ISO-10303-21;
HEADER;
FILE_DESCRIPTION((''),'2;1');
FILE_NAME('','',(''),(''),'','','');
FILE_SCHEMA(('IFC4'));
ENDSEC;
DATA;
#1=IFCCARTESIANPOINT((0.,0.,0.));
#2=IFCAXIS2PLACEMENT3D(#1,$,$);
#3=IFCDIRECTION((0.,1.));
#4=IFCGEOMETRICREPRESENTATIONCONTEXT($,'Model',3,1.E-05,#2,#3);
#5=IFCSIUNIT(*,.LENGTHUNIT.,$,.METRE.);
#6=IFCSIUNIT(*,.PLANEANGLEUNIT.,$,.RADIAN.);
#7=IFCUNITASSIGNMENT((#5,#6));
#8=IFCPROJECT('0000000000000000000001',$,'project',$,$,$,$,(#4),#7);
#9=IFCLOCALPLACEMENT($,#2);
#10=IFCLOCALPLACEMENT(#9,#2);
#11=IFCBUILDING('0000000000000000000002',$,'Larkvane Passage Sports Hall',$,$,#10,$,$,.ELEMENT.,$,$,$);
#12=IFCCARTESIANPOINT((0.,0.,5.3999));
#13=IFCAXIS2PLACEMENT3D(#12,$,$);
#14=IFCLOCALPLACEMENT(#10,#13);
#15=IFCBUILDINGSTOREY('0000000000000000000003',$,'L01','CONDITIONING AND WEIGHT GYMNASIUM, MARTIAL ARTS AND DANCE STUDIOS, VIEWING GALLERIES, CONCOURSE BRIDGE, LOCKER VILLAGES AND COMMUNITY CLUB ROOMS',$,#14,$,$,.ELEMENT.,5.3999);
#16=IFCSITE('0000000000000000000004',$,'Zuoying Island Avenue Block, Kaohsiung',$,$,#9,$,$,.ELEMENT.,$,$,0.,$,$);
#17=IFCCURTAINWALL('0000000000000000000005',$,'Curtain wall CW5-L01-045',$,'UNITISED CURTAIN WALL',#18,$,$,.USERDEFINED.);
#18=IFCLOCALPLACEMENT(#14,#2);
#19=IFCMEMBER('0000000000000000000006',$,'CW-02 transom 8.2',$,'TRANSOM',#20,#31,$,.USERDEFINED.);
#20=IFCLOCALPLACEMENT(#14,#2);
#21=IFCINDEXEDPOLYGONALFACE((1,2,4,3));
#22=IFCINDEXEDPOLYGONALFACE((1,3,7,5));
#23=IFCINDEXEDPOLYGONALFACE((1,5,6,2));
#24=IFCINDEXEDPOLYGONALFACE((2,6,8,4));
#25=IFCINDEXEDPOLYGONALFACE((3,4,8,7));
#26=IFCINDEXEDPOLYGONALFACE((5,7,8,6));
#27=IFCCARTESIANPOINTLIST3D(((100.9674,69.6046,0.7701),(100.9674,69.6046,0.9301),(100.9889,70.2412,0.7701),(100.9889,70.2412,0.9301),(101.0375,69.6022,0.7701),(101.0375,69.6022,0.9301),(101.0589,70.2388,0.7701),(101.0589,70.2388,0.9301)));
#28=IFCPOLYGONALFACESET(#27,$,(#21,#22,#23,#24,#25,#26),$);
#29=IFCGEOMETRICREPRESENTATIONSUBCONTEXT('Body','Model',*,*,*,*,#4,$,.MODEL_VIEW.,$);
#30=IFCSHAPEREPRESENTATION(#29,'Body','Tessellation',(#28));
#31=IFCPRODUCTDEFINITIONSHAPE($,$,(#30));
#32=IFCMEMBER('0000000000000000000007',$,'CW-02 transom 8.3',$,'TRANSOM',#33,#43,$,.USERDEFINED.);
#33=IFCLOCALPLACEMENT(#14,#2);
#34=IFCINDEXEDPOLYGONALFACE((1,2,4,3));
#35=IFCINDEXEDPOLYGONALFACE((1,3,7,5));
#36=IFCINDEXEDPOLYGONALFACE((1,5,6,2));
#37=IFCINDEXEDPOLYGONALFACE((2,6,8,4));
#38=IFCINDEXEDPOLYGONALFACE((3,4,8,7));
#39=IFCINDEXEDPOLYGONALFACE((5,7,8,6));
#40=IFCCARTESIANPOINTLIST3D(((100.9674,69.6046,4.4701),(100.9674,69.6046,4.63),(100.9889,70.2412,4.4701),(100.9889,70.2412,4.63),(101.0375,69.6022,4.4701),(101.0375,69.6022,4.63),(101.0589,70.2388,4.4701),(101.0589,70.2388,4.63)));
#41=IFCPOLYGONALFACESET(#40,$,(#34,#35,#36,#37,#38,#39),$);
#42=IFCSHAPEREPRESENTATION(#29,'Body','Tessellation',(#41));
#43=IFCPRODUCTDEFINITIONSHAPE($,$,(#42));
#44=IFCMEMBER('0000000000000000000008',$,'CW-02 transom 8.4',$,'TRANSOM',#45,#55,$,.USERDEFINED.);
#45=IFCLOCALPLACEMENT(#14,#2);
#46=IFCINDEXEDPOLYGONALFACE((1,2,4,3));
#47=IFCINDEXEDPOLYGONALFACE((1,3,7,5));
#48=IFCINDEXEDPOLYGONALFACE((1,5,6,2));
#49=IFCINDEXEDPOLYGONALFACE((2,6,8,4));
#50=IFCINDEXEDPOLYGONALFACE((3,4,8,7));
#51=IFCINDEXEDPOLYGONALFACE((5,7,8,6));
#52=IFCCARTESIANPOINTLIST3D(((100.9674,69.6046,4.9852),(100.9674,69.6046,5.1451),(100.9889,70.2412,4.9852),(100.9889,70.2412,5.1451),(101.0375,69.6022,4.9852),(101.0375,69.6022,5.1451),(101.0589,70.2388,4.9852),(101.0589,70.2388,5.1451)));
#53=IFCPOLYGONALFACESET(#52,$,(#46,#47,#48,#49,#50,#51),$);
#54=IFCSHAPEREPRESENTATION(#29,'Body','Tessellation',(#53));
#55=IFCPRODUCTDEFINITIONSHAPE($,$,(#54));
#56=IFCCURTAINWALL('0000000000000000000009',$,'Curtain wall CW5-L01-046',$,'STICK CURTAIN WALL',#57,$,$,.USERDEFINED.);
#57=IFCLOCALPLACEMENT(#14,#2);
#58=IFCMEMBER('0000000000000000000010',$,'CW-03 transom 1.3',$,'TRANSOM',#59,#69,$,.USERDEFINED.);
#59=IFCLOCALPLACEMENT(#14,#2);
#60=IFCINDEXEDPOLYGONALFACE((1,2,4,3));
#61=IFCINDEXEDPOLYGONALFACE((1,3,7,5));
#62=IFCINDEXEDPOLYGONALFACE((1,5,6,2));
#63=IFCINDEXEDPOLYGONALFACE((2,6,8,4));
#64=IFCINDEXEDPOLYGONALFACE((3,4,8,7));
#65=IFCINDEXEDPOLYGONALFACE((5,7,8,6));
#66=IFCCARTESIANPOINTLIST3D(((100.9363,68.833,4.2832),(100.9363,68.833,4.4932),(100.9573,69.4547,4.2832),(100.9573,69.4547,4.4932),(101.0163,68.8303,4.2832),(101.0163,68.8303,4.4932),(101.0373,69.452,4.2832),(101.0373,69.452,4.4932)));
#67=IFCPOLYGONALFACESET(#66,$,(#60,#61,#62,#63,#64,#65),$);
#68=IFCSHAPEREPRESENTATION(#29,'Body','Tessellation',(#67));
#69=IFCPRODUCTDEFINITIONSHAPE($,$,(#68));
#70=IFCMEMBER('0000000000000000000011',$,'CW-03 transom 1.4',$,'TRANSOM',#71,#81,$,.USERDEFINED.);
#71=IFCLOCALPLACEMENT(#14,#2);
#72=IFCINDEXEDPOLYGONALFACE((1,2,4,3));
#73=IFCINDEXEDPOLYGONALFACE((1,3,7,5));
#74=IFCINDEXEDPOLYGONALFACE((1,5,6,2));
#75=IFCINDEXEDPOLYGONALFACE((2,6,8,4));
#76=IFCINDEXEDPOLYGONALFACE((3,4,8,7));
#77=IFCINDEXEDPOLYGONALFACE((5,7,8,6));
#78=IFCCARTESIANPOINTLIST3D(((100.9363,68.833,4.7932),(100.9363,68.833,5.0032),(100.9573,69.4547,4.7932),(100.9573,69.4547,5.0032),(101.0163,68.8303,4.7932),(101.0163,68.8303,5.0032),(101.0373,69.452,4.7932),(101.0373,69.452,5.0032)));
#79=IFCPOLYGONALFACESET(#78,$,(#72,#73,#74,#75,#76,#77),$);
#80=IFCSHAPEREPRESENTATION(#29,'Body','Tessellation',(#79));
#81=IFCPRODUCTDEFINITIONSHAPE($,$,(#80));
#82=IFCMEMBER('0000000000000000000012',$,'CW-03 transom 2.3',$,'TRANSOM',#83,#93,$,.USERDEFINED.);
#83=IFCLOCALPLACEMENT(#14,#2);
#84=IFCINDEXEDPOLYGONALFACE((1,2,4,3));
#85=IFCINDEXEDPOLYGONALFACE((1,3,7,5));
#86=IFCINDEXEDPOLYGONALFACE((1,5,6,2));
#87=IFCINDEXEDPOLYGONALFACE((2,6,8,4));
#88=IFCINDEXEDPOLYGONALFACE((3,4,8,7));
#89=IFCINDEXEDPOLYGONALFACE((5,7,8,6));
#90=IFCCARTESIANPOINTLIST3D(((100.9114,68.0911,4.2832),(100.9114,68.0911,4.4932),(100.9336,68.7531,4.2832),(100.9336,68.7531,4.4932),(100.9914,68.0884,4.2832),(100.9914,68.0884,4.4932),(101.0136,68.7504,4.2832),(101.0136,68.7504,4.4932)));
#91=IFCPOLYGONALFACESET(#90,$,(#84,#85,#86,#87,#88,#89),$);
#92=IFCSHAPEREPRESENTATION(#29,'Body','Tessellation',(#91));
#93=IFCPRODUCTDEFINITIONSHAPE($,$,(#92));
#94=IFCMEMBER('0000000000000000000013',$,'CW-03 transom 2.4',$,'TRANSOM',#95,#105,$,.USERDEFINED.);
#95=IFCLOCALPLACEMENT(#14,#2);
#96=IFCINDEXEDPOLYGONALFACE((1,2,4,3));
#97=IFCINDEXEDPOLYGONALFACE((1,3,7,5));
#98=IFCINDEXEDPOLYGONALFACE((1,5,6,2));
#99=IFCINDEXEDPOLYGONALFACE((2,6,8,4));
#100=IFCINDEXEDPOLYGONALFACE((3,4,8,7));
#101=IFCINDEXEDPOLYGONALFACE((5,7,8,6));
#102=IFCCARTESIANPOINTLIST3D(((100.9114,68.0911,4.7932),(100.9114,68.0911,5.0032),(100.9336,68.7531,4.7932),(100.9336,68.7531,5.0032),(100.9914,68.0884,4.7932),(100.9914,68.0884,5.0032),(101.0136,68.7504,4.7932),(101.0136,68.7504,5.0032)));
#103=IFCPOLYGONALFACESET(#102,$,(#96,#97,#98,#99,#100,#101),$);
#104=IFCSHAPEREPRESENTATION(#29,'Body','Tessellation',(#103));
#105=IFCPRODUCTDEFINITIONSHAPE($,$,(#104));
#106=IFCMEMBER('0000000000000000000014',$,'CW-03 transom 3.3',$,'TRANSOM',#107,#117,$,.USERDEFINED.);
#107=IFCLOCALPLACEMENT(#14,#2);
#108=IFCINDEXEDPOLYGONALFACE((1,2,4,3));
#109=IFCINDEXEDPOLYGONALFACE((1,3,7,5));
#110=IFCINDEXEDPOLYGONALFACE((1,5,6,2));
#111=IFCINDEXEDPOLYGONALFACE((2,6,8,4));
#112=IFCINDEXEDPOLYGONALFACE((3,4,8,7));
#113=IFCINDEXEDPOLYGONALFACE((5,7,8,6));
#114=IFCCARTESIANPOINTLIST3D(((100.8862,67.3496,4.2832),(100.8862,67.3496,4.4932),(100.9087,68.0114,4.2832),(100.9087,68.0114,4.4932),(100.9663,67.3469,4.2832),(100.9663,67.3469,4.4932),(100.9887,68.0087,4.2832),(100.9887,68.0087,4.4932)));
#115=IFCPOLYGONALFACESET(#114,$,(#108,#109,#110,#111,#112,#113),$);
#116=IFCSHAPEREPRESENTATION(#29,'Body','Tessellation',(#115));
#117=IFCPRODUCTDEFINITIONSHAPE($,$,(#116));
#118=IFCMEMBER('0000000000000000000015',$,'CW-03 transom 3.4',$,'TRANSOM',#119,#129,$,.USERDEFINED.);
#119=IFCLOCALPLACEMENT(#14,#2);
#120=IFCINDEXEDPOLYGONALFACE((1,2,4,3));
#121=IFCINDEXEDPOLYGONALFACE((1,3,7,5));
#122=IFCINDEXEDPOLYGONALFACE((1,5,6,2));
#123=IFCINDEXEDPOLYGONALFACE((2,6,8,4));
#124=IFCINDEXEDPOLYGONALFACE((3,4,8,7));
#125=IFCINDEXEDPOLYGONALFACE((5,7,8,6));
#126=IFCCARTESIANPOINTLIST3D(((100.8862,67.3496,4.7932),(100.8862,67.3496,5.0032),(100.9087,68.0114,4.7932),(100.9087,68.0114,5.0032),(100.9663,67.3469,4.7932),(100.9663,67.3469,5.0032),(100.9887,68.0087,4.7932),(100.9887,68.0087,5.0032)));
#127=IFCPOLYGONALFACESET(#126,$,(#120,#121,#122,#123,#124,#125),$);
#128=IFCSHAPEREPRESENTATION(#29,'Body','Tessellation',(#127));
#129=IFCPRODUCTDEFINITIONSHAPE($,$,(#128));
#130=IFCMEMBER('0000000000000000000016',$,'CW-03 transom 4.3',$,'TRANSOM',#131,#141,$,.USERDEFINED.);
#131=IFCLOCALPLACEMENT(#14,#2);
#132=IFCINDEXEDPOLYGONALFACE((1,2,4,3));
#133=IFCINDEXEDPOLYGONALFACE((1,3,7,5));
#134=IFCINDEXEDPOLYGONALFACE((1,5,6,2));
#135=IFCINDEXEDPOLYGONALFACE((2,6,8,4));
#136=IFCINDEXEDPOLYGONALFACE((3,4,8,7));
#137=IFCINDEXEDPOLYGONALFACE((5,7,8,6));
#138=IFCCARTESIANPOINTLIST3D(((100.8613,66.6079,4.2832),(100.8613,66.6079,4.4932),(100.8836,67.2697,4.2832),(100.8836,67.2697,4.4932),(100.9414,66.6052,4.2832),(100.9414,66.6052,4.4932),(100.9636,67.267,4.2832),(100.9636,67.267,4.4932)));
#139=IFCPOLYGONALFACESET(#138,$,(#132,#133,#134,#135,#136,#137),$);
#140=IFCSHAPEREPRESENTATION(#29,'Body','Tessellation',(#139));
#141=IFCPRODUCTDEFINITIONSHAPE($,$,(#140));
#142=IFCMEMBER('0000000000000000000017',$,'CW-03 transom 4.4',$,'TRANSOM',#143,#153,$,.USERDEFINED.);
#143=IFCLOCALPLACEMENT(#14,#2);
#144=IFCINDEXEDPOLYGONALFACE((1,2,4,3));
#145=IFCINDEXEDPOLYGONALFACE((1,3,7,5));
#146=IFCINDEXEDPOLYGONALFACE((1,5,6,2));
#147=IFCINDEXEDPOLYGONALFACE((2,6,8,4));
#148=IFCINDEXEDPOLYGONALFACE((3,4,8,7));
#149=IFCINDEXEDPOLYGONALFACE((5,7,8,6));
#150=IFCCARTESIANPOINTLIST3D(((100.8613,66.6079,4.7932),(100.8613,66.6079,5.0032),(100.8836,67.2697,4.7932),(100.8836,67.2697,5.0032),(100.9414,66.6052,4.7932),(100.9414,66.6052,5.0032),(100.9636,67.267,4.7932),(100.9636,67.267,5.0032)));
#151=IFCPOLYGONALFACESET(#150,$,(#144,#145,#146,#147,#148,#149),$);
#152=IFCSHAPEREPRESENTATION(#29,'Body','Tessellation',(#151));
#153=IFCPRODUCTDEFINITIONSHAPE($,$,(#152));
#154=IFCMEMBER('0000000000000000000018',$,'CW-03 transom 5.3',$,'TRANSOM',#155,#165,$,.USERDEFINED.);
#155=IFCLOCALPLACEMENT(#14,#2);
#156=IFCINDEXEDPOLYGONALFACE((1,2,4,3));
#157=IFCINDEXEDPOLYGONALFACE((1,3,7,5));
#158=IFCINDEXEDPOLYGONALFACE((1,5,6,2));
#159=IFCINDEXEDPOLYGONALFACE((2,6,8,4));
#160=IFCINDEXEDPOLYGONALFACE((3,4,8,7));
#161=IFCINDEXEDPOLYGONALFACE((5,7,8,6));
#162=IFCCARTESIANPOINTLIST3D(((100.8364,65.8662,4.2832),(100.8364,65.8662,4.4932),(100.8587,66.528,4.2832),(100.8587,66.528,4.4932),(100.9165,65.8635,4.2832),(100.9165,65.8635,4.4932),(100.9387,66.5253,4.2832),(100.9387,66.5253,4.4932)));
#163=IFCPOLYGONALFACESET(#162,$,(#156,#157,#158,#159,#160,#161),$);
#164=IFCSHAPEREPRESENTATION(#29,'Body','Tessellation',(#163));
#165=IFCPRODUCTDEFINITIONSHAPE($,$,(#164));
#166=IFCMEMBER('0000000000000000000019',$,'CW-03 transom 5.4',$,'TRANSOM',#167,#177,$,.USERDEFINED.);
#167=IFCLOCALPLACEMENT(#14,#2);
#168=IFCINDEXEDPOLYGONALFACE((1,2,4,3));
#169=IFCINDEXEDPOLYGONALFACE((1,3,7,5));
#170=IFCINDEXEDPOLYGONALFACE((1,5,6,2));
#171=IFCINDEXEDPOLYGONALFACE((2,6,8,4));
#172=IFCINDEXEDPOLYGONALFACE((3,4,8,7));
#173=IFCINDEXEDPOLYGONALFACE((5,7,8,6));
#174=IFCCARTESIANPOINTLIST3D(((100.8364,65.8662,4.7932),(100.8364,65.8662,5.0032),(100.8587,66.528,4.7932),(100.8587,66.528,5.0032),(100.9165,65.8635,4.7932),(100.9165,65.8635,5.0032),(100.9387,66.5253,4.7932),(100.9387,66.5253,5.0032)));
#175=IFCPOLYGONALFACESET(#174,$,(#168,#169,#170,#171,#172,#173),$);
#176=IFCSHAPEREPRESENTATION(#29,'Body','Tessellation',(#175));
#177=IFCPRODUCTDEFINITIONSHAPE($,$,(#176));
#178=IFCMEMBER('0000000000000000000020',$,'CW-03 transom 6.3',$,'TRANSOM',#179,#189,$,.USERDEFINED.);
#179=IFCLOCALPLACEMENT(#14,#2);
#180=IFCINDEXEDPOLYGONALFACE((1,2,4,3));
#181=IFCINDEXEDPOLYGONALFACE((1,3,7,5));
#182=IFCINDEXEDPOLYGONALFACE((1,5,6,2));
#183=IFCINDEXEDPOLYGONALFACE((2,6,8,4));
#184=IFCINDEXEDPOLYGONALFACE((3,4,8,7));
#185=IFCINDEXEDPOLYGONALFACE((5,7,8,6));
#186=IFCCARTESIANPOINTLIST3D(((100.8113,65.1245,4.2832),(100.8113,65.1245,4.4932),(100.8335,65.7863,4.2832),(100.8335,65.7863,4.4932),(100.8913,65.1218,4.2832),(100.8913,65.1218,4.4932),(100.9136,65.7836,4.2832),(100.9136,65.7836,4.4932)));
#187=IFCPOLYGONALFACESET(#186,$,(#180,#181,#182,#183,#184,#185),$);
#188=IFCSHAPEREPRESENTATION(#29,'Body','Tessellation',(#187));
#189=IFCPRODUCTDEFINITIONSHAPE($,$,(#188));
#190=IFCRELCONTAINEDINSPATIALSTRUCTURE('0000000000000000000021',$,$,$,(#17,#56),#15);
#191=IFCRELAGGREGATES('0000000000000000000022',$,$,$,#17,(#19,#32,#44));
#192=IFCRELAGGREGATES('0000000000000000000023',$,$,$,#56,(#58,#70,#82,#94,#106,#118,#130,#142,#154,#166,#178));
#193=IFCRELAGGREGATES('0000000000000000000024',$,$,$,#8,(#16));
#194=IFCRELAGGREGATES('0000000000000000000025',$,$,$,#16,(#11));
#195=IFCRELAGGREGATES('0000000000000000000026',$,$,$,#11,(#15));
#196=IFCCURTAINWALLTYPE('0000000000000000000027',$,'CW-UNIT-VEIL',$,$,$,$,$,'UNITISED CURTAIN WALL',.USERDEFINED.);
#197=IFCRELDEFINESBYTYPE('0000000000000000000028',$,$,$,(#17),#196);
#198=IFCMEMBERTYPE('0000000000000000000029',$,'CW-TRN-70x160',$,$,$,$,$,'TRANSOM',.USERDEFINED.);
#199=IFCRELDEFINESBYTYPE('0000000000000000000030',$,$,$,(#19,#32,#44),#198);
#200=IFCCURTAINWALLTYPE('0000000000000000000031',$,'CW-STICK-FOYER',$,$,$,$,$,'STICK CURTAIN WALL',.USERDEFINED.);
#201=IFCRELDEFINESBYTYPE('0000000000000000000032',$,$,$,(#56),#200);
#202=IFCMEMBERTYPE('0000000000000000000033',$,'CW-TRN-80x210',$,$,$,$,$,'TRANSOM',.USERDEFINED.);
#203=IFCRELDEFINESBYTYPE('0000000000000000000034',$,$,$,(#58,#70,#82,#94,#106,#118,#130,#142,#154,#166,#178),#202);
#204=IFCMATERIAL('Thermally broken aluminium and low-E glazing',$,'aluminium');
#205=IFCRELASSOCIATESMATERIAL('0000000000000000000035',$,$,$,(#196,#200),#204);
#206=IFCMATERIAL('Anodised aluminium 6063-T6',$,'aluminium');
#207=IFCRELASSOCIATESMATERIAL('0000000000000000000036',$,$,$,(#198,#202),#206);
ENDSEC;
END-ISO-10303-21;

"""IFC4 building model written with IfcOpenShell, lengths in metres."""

from ifc_helpers import new_model, si_unit, direction, frame, origin, origin_2d, place, context, subcontext, project, spatial, rectangle, extrude, material, material_profile, profile_set, type_object, element, aggregate, save


model = new_model("IFC4")

# Units and contexts
model_context = context("Model", 3, precision=1e-05, world=origin(), true_north=direction((0.0, 1.0)))
body_context = subcontext(model_context, "Body", "Model", "MODEL_VIEW")
ifc_project = project(units=[si_unit("LENGTHUNIT", "METRE"), si_unit("PLANEANGLEUNIT", "RADIAN")], contexts=[model_context])

# Site, building, storey
site_placement = place(None, origin())
site = spatial("IfcSite", under=ifc_project, at=site_placement, Name="Zuoying Island Avenue Block, Kaohsiung", CompositionType="ELEMENT", RefElevation=0.0)
building_placement = place(site_placement, origin())
building = spatial("IfcBuilding", under=site, at=building_placement, Name="Larkvane Passage Sports Hall", CompositionType="ELEMENT")
storey_placement = place(building_placement, frame((0.0, 0.0, 5.3999)))
storey = spatial("IfcBuildingStorey", under=building, at=storey_placement, Name="L01", Description="CONDITIONING AND WEIGHT GYMNASIUM, MARTIAL ARTS AND DANCE STUDIOS, VIEWING GALLERIES, CONCOURSE BRIDGE, LOCKER VILLAGES AND COMMUNITY CLUB ROOMS", CompositionType="ELEMENT", Elevation=5.3999)

# Curtain walls, members
ifc_material_1 = material(Name="Thermally broken aluminium and low-E glazing", Category="aluminium")
curtain_wall_type_1 = type_object("IfcCurtainWallType", Name="CW-UNIT-VEIL", ElementType="UNITISED CURTAIN WALL", PredefinedType="USERDEFINED", material=ifc_material_1)
curtain_wall_1_placement = place(storey_placement, origin())
curtain_wall_1 = element("IfcCurtainWall", 1, at=curtain_wall_1_placement, inside=storey, type_object=curtain_wall_type_1, Name="Curtain wall CW5-L01-045", ObjectType="UNITISED CURTAIN WALL", PredefinedType="USERDEFINED")
ifc_material_2 = material(Name="Anodised aluminium 6063-T6", Category="aluminium")
ifc_material_profile_1 = material_profile(ifc_material_2, rectangle(XDim=0.0701, YDim=0.1599, at=origin_2d()), Name="ALU-TRN-70x160")
ifc_profile_set_1 = profile_set([ifc_material_profile_1], Name="Anodised aluminium 6063-T6")
member_type_1 = type_object("IfcMemberType", Name="CW-TRN-70x160", ElementType="TRANSOM", PredefinedType="USERDEFINED", material=ifc_profile_set_1)
member_1_placement = place(storey_placement, frame((101.0239, 70.24, 0.8501), z_axis=(-0.033723, -0.999431, 0.0), x_axis=(0.999431, -0.033723, 0.0)))
member_1 = element("IfcMember", 2, at=member_1_placement, type_object=member_type_1, Name="CW-02 transom 8.2", ObjectType="TRANSOM", PredefinedType="USERDEFINED", context=body_context, shape_type="SweptSolid", body=[
    extrude(rectangle(XDim=0.0701, YDim=0.1599, at=origin_2d()), origin(), (0.0, 0.0, 1.0), 0.637),
])
member_2_placement = place(storey_placement, frame((101.0239, 70.24, 4.55), z_axis=(-0.033723, -0.999431, 0.0), x_axis=(0.999431, -0.033723, 0.0)))
member_2 = element("IfcMember", 3, at=member_2_placement, type_object=member_type_1, Name="CW-02 transom 8.3", ObjectType="TRANSOM", PredefinedType="USERDEFINED", context=body_context, shape_type="SweptSolid", body=[
    extrude(rectangle(XDim=0.0701, YDim=0.1599, at=origin_2d()), origin(), (0.0, 0.0, 1.0), 0.637),
])
member_3_placement = place(storey_placement, frame((101.0239, 70.24, 5.0652), z_axis=(-0.033723, -0.999431, 0.0), x_axis=(0.999431, -0.033723, 0.0)))
member_3 = element("IfcMember", 4, at=member_3_placement, type_object=member_type_1, Name="CW-02 transom 8.4", ObjectType="TRANSOM", PredefinedType="USERDEFINED", context=body_context, shape_type="SweptSolid", body=[
    extrude(rectangle(XDim=0.0701, YDim=0.1599, at=origin_2d()), origin(), (0.0, 0.0, 1.0), 0.637),
])
curtain_wall_type_2 = type_object("IfcCurtainWallType", Name="CW-STICK-FOYER", ElementType="STICK CURTAIN WALL", PredefinedType="USERDEFINED", material=ifc_material_1)
curtain_wall_2_placement = place(storey_placement, origin())
curtain_wall_2 = element("IfcCurtainWall", 5, at=curtain_wall_2_placement, inside=storey, type_object=curtain_wall_type_2, Name="Curtain wall CW5-L01-046", ObjectType="STICK CURTAIN WALL", PredefinedType="USERDEFINED")
ifc_material_profile_2 = material_profile(ifc_material_2, rectangle(XDim=0.0801, YDim=0.21, at=origin_2d()), Name="ALU-TRN-80x210")
ifc_profile_set_2 = profile_set([ifc_material_profile_2], Name="Anodised aluminium 6063-T6")
member_type_2 = type_object("IfcMemberType", Name="CW-TRN-80x210", ElementType="TRANSOM", PredefinedType="USERDEFINED", material=ifc_profile_set_2)
member_4_placement = place(storey_placement, frame((100.9973, 69.4534, 4.3882), z_axis=(-0.033746, -0.99943, 0.0), x_axis=(0.99943, -0.033746, 0.0)))
member_4 = element("IfcMember", 6, at=member_4_placement, type_object=member_type_2, Name="CW-03 transom 1.3", ObjectType="TRANSOM", PredefinedType="USERDEFINED", context=body_context, shape_type="SweptSolid", body=[
    extrude(rectangle(XDim=0.0801, YDim=0.21, at=origin_2d()), origin(), (0.0, 0.0, 1.0), 0.6221),
])
member_5_placement = place(storey_placement, frame((100.9973, 69.4534, 4.8982), z_axis=(-0.033746, -0.99943, 0.0), x_axis=(0.99943, -0.033746, 0.0)))
member_5 = element("IfcMember", 7, at=member_5_placement, type_object=member_type_2, Name="CW-03 transom 1.4", ObjectType="TRANSOM", PredefinedType="USERDEFINED", context=body_context, shape_type="SweptSolid", body=[
    extrude(rectangle(XDim=0.0801, YDim=0.21, at=origin_2d()), origin(), (0.0, 0.0, 1.0), 0.6221),
])
member_6_placement = place(storey_placement, frame((100.9736, 68.7517, 4.3882), z_axis=(-0.033548, -0.999437, 0.0), x_axis=(0.999437, -0.033548, 0.0)))
member_6 = element("IfcMember", 8, at=member_6_placement, type_object=member_type_2, Name="CW-03 transom 2.3", ObjectType="TRANSOM", PredefinedType="USERDEFINED", context=body_context, shape_type="SweptSolid", body=[
    extrude(rectangle(XDim=0.0801, YDim=0.21, at=origin_2d()), origin(), (0.0, 0.0, 1.0), 0.6624),
])
member_7_placement = place(storey_placement, frame((100.9736, 68.7517, 4.8982), z_axis=(-0.033548, -0.999437, 0.0), x_axis=(0.999437, -0.033548, 0.0)))
member_7 = element("IfcMember", 9, at=member_7_placement, type_object=member_type_2, Name="CW-03 transom 2.4", ObjectType="TRANSOM", PredefinedType="USERDEFINED", context=body_context, shape_type="SweptSolid", body=[
    extrude(rectangle(XDim=0.0801, YDim=0.21, at=origin_2d()), origin(), (0.0, 0.0, 1.0), 0.6624),
])
member_8_placement = place(storey_placement, frame((100.9487, 68.01, 4.3882), z_axis=(-0.033929, -0.999424, 0.0), x_axis=(0.999424, -0.033929, 0.0)))
member_8 = element("IfcMember", 10, at=member_8_placement, type_object=member_type_2, Name="CW-03 transom 3.3", ObjectType="TRANSOM", PredefinedType="USERDEFINED", context=body_context, shape_type="SweptSolid", body=[
    extrude(rectangle(XDim=0.0801, YDim=0.21, at=origin_2d()), origin(), (0.0, 0.0, 1.0), 0.6621),
])
member_9_placement = place(storey_placement, frame((100.9487, 68.01, 4.8982), z_axis=(-0.033929, -0.999424, 0.0), x_axis=(0.999424, -0.033929, 0.0)))
member_9 = element("IfcMember", 11, at=member_9_placement, type_object=member_type_2, Name="CW-03 transom 3.4", ObjectType="TRANSOM", PredefinedType="USERDEFINED", context=body_context, shape_type="SweptSolid", body=[
    extrude(rectangle(XDim=0.0801, YDim=0.21, at=origin_2d()), origin(), (0.0, 0.0, 1.0), 0.6621),
])
member_10_placement = place(storey_placement, frame((100.9236, 67.2683, 4.3882), z_axis=(-0.03356, -0.999437, 0.0), x_axis=(0.999437, -0.03356, 0.0)))
member_10 = element("IfcMember", 12, at=member_10_placement, type_object=member_type_2, Name="CW-03 transom 4.3", ObjectType="TRANSOM", PredefinedType="USERDEFINED", context=body_context, shape_type="SweptSolid", body=[
    extrude(rectangle(XDim=0.0801, YDim=0.21, at=origin_2d()), origin(), (0.0, 0.0, 1.0), 0.6621),
])
member_11_placement = place(storey_placement, frame((100.9236, 67.2683, 4.8982), z_axis=(-0.03356, -0.999437, 0.0), x_axis=(0.999437, -0.03356, 0.0)))
member_11 = element("IfcMember", 13, at=member_11_placement, type_object=member_type_2, Name="CW-03 transom 4.4", ObjectType="TRANSOM", PredefinedType="USERDEFINED", context=body_context, shape_type="SweptSolid", body=[
    extrude(rectangle(XDim=0.0801, YDim=0.21, at=origin_2d()), origin(), (0.0, 0.0, 1.0), 0.6621),
])
member_12_placement = place(storey_placement, frame((100.8987, 66.5266, 4.3882), z_axis=(-0.03356, -0.999437, 0.0), x_axis=(0.999437, -0.03356, 0.0)))
member_12 = element("IfcMember", 14, at=member_12_placement, type_object=member_type_2, Name="CW-03 transom 5.3", ObjectType="TRANSOM", PredefinedType="USERDEFINED", context=body_context, shape_type="SweptSolid", body=[
    extrude(rectangle(XDim=0.0801, YDim=0.21, at=origin_2d()), origin(), (0.0, 0.0, 1.0), 0.6621),
])
member_13_placement = place(storey_placement, frame((100.8987, 66.5266, 4.8982), z_axis=(-0.03356, -0.999437, 0.0), x_axis=(0.999437, -0.03356, 0.0)))
member_13 = element("IfcMember", 15, at=member_13_placement, type_object=member_type_2, Name="CW-03 transom 5.4", ObjectType="TRANSOM", PredefinedType="USERDEFINED", context=body_context, shape_type="SweptSolid", body=[
    extrude(rectangle(XDim=0.0801, YDim=0.21, at=origin_2d()), origin(), (0.0, 0.0, 1.0), 0.6621),
])
member_14_placement = place(storey_placement, frame((100.8735, 65.7849, 4.3882), z_axis=(-0.03356, -0.999437, 0.0), x_axis=(0.999437, -0.03356, 0.0)))
member_14 = element("IfcMember", 16, at=member_14_placement, type_object=member_type_2, Name="CW-03 transom 6.3", ObjectType="TRANSOM", PredefinedType="USERDEFINED", context=body_context, shape_type="SweptSolid", body=[
    extrude(rectangle(XDim=0.0801, YDim=0.21, at=origin_2d()), origin(), (0.0, 0.0, 1.0), 0.6621),
])

aggregate(curtain_wall_1, [member_1, member_2, member_3])
aggregate(curtain_wall_2, [member_4, member_5, member_6, member_7, member_8, member_9, member_10, member_11, member_12, member_13, member_14])

save(model, "model.ifc")
